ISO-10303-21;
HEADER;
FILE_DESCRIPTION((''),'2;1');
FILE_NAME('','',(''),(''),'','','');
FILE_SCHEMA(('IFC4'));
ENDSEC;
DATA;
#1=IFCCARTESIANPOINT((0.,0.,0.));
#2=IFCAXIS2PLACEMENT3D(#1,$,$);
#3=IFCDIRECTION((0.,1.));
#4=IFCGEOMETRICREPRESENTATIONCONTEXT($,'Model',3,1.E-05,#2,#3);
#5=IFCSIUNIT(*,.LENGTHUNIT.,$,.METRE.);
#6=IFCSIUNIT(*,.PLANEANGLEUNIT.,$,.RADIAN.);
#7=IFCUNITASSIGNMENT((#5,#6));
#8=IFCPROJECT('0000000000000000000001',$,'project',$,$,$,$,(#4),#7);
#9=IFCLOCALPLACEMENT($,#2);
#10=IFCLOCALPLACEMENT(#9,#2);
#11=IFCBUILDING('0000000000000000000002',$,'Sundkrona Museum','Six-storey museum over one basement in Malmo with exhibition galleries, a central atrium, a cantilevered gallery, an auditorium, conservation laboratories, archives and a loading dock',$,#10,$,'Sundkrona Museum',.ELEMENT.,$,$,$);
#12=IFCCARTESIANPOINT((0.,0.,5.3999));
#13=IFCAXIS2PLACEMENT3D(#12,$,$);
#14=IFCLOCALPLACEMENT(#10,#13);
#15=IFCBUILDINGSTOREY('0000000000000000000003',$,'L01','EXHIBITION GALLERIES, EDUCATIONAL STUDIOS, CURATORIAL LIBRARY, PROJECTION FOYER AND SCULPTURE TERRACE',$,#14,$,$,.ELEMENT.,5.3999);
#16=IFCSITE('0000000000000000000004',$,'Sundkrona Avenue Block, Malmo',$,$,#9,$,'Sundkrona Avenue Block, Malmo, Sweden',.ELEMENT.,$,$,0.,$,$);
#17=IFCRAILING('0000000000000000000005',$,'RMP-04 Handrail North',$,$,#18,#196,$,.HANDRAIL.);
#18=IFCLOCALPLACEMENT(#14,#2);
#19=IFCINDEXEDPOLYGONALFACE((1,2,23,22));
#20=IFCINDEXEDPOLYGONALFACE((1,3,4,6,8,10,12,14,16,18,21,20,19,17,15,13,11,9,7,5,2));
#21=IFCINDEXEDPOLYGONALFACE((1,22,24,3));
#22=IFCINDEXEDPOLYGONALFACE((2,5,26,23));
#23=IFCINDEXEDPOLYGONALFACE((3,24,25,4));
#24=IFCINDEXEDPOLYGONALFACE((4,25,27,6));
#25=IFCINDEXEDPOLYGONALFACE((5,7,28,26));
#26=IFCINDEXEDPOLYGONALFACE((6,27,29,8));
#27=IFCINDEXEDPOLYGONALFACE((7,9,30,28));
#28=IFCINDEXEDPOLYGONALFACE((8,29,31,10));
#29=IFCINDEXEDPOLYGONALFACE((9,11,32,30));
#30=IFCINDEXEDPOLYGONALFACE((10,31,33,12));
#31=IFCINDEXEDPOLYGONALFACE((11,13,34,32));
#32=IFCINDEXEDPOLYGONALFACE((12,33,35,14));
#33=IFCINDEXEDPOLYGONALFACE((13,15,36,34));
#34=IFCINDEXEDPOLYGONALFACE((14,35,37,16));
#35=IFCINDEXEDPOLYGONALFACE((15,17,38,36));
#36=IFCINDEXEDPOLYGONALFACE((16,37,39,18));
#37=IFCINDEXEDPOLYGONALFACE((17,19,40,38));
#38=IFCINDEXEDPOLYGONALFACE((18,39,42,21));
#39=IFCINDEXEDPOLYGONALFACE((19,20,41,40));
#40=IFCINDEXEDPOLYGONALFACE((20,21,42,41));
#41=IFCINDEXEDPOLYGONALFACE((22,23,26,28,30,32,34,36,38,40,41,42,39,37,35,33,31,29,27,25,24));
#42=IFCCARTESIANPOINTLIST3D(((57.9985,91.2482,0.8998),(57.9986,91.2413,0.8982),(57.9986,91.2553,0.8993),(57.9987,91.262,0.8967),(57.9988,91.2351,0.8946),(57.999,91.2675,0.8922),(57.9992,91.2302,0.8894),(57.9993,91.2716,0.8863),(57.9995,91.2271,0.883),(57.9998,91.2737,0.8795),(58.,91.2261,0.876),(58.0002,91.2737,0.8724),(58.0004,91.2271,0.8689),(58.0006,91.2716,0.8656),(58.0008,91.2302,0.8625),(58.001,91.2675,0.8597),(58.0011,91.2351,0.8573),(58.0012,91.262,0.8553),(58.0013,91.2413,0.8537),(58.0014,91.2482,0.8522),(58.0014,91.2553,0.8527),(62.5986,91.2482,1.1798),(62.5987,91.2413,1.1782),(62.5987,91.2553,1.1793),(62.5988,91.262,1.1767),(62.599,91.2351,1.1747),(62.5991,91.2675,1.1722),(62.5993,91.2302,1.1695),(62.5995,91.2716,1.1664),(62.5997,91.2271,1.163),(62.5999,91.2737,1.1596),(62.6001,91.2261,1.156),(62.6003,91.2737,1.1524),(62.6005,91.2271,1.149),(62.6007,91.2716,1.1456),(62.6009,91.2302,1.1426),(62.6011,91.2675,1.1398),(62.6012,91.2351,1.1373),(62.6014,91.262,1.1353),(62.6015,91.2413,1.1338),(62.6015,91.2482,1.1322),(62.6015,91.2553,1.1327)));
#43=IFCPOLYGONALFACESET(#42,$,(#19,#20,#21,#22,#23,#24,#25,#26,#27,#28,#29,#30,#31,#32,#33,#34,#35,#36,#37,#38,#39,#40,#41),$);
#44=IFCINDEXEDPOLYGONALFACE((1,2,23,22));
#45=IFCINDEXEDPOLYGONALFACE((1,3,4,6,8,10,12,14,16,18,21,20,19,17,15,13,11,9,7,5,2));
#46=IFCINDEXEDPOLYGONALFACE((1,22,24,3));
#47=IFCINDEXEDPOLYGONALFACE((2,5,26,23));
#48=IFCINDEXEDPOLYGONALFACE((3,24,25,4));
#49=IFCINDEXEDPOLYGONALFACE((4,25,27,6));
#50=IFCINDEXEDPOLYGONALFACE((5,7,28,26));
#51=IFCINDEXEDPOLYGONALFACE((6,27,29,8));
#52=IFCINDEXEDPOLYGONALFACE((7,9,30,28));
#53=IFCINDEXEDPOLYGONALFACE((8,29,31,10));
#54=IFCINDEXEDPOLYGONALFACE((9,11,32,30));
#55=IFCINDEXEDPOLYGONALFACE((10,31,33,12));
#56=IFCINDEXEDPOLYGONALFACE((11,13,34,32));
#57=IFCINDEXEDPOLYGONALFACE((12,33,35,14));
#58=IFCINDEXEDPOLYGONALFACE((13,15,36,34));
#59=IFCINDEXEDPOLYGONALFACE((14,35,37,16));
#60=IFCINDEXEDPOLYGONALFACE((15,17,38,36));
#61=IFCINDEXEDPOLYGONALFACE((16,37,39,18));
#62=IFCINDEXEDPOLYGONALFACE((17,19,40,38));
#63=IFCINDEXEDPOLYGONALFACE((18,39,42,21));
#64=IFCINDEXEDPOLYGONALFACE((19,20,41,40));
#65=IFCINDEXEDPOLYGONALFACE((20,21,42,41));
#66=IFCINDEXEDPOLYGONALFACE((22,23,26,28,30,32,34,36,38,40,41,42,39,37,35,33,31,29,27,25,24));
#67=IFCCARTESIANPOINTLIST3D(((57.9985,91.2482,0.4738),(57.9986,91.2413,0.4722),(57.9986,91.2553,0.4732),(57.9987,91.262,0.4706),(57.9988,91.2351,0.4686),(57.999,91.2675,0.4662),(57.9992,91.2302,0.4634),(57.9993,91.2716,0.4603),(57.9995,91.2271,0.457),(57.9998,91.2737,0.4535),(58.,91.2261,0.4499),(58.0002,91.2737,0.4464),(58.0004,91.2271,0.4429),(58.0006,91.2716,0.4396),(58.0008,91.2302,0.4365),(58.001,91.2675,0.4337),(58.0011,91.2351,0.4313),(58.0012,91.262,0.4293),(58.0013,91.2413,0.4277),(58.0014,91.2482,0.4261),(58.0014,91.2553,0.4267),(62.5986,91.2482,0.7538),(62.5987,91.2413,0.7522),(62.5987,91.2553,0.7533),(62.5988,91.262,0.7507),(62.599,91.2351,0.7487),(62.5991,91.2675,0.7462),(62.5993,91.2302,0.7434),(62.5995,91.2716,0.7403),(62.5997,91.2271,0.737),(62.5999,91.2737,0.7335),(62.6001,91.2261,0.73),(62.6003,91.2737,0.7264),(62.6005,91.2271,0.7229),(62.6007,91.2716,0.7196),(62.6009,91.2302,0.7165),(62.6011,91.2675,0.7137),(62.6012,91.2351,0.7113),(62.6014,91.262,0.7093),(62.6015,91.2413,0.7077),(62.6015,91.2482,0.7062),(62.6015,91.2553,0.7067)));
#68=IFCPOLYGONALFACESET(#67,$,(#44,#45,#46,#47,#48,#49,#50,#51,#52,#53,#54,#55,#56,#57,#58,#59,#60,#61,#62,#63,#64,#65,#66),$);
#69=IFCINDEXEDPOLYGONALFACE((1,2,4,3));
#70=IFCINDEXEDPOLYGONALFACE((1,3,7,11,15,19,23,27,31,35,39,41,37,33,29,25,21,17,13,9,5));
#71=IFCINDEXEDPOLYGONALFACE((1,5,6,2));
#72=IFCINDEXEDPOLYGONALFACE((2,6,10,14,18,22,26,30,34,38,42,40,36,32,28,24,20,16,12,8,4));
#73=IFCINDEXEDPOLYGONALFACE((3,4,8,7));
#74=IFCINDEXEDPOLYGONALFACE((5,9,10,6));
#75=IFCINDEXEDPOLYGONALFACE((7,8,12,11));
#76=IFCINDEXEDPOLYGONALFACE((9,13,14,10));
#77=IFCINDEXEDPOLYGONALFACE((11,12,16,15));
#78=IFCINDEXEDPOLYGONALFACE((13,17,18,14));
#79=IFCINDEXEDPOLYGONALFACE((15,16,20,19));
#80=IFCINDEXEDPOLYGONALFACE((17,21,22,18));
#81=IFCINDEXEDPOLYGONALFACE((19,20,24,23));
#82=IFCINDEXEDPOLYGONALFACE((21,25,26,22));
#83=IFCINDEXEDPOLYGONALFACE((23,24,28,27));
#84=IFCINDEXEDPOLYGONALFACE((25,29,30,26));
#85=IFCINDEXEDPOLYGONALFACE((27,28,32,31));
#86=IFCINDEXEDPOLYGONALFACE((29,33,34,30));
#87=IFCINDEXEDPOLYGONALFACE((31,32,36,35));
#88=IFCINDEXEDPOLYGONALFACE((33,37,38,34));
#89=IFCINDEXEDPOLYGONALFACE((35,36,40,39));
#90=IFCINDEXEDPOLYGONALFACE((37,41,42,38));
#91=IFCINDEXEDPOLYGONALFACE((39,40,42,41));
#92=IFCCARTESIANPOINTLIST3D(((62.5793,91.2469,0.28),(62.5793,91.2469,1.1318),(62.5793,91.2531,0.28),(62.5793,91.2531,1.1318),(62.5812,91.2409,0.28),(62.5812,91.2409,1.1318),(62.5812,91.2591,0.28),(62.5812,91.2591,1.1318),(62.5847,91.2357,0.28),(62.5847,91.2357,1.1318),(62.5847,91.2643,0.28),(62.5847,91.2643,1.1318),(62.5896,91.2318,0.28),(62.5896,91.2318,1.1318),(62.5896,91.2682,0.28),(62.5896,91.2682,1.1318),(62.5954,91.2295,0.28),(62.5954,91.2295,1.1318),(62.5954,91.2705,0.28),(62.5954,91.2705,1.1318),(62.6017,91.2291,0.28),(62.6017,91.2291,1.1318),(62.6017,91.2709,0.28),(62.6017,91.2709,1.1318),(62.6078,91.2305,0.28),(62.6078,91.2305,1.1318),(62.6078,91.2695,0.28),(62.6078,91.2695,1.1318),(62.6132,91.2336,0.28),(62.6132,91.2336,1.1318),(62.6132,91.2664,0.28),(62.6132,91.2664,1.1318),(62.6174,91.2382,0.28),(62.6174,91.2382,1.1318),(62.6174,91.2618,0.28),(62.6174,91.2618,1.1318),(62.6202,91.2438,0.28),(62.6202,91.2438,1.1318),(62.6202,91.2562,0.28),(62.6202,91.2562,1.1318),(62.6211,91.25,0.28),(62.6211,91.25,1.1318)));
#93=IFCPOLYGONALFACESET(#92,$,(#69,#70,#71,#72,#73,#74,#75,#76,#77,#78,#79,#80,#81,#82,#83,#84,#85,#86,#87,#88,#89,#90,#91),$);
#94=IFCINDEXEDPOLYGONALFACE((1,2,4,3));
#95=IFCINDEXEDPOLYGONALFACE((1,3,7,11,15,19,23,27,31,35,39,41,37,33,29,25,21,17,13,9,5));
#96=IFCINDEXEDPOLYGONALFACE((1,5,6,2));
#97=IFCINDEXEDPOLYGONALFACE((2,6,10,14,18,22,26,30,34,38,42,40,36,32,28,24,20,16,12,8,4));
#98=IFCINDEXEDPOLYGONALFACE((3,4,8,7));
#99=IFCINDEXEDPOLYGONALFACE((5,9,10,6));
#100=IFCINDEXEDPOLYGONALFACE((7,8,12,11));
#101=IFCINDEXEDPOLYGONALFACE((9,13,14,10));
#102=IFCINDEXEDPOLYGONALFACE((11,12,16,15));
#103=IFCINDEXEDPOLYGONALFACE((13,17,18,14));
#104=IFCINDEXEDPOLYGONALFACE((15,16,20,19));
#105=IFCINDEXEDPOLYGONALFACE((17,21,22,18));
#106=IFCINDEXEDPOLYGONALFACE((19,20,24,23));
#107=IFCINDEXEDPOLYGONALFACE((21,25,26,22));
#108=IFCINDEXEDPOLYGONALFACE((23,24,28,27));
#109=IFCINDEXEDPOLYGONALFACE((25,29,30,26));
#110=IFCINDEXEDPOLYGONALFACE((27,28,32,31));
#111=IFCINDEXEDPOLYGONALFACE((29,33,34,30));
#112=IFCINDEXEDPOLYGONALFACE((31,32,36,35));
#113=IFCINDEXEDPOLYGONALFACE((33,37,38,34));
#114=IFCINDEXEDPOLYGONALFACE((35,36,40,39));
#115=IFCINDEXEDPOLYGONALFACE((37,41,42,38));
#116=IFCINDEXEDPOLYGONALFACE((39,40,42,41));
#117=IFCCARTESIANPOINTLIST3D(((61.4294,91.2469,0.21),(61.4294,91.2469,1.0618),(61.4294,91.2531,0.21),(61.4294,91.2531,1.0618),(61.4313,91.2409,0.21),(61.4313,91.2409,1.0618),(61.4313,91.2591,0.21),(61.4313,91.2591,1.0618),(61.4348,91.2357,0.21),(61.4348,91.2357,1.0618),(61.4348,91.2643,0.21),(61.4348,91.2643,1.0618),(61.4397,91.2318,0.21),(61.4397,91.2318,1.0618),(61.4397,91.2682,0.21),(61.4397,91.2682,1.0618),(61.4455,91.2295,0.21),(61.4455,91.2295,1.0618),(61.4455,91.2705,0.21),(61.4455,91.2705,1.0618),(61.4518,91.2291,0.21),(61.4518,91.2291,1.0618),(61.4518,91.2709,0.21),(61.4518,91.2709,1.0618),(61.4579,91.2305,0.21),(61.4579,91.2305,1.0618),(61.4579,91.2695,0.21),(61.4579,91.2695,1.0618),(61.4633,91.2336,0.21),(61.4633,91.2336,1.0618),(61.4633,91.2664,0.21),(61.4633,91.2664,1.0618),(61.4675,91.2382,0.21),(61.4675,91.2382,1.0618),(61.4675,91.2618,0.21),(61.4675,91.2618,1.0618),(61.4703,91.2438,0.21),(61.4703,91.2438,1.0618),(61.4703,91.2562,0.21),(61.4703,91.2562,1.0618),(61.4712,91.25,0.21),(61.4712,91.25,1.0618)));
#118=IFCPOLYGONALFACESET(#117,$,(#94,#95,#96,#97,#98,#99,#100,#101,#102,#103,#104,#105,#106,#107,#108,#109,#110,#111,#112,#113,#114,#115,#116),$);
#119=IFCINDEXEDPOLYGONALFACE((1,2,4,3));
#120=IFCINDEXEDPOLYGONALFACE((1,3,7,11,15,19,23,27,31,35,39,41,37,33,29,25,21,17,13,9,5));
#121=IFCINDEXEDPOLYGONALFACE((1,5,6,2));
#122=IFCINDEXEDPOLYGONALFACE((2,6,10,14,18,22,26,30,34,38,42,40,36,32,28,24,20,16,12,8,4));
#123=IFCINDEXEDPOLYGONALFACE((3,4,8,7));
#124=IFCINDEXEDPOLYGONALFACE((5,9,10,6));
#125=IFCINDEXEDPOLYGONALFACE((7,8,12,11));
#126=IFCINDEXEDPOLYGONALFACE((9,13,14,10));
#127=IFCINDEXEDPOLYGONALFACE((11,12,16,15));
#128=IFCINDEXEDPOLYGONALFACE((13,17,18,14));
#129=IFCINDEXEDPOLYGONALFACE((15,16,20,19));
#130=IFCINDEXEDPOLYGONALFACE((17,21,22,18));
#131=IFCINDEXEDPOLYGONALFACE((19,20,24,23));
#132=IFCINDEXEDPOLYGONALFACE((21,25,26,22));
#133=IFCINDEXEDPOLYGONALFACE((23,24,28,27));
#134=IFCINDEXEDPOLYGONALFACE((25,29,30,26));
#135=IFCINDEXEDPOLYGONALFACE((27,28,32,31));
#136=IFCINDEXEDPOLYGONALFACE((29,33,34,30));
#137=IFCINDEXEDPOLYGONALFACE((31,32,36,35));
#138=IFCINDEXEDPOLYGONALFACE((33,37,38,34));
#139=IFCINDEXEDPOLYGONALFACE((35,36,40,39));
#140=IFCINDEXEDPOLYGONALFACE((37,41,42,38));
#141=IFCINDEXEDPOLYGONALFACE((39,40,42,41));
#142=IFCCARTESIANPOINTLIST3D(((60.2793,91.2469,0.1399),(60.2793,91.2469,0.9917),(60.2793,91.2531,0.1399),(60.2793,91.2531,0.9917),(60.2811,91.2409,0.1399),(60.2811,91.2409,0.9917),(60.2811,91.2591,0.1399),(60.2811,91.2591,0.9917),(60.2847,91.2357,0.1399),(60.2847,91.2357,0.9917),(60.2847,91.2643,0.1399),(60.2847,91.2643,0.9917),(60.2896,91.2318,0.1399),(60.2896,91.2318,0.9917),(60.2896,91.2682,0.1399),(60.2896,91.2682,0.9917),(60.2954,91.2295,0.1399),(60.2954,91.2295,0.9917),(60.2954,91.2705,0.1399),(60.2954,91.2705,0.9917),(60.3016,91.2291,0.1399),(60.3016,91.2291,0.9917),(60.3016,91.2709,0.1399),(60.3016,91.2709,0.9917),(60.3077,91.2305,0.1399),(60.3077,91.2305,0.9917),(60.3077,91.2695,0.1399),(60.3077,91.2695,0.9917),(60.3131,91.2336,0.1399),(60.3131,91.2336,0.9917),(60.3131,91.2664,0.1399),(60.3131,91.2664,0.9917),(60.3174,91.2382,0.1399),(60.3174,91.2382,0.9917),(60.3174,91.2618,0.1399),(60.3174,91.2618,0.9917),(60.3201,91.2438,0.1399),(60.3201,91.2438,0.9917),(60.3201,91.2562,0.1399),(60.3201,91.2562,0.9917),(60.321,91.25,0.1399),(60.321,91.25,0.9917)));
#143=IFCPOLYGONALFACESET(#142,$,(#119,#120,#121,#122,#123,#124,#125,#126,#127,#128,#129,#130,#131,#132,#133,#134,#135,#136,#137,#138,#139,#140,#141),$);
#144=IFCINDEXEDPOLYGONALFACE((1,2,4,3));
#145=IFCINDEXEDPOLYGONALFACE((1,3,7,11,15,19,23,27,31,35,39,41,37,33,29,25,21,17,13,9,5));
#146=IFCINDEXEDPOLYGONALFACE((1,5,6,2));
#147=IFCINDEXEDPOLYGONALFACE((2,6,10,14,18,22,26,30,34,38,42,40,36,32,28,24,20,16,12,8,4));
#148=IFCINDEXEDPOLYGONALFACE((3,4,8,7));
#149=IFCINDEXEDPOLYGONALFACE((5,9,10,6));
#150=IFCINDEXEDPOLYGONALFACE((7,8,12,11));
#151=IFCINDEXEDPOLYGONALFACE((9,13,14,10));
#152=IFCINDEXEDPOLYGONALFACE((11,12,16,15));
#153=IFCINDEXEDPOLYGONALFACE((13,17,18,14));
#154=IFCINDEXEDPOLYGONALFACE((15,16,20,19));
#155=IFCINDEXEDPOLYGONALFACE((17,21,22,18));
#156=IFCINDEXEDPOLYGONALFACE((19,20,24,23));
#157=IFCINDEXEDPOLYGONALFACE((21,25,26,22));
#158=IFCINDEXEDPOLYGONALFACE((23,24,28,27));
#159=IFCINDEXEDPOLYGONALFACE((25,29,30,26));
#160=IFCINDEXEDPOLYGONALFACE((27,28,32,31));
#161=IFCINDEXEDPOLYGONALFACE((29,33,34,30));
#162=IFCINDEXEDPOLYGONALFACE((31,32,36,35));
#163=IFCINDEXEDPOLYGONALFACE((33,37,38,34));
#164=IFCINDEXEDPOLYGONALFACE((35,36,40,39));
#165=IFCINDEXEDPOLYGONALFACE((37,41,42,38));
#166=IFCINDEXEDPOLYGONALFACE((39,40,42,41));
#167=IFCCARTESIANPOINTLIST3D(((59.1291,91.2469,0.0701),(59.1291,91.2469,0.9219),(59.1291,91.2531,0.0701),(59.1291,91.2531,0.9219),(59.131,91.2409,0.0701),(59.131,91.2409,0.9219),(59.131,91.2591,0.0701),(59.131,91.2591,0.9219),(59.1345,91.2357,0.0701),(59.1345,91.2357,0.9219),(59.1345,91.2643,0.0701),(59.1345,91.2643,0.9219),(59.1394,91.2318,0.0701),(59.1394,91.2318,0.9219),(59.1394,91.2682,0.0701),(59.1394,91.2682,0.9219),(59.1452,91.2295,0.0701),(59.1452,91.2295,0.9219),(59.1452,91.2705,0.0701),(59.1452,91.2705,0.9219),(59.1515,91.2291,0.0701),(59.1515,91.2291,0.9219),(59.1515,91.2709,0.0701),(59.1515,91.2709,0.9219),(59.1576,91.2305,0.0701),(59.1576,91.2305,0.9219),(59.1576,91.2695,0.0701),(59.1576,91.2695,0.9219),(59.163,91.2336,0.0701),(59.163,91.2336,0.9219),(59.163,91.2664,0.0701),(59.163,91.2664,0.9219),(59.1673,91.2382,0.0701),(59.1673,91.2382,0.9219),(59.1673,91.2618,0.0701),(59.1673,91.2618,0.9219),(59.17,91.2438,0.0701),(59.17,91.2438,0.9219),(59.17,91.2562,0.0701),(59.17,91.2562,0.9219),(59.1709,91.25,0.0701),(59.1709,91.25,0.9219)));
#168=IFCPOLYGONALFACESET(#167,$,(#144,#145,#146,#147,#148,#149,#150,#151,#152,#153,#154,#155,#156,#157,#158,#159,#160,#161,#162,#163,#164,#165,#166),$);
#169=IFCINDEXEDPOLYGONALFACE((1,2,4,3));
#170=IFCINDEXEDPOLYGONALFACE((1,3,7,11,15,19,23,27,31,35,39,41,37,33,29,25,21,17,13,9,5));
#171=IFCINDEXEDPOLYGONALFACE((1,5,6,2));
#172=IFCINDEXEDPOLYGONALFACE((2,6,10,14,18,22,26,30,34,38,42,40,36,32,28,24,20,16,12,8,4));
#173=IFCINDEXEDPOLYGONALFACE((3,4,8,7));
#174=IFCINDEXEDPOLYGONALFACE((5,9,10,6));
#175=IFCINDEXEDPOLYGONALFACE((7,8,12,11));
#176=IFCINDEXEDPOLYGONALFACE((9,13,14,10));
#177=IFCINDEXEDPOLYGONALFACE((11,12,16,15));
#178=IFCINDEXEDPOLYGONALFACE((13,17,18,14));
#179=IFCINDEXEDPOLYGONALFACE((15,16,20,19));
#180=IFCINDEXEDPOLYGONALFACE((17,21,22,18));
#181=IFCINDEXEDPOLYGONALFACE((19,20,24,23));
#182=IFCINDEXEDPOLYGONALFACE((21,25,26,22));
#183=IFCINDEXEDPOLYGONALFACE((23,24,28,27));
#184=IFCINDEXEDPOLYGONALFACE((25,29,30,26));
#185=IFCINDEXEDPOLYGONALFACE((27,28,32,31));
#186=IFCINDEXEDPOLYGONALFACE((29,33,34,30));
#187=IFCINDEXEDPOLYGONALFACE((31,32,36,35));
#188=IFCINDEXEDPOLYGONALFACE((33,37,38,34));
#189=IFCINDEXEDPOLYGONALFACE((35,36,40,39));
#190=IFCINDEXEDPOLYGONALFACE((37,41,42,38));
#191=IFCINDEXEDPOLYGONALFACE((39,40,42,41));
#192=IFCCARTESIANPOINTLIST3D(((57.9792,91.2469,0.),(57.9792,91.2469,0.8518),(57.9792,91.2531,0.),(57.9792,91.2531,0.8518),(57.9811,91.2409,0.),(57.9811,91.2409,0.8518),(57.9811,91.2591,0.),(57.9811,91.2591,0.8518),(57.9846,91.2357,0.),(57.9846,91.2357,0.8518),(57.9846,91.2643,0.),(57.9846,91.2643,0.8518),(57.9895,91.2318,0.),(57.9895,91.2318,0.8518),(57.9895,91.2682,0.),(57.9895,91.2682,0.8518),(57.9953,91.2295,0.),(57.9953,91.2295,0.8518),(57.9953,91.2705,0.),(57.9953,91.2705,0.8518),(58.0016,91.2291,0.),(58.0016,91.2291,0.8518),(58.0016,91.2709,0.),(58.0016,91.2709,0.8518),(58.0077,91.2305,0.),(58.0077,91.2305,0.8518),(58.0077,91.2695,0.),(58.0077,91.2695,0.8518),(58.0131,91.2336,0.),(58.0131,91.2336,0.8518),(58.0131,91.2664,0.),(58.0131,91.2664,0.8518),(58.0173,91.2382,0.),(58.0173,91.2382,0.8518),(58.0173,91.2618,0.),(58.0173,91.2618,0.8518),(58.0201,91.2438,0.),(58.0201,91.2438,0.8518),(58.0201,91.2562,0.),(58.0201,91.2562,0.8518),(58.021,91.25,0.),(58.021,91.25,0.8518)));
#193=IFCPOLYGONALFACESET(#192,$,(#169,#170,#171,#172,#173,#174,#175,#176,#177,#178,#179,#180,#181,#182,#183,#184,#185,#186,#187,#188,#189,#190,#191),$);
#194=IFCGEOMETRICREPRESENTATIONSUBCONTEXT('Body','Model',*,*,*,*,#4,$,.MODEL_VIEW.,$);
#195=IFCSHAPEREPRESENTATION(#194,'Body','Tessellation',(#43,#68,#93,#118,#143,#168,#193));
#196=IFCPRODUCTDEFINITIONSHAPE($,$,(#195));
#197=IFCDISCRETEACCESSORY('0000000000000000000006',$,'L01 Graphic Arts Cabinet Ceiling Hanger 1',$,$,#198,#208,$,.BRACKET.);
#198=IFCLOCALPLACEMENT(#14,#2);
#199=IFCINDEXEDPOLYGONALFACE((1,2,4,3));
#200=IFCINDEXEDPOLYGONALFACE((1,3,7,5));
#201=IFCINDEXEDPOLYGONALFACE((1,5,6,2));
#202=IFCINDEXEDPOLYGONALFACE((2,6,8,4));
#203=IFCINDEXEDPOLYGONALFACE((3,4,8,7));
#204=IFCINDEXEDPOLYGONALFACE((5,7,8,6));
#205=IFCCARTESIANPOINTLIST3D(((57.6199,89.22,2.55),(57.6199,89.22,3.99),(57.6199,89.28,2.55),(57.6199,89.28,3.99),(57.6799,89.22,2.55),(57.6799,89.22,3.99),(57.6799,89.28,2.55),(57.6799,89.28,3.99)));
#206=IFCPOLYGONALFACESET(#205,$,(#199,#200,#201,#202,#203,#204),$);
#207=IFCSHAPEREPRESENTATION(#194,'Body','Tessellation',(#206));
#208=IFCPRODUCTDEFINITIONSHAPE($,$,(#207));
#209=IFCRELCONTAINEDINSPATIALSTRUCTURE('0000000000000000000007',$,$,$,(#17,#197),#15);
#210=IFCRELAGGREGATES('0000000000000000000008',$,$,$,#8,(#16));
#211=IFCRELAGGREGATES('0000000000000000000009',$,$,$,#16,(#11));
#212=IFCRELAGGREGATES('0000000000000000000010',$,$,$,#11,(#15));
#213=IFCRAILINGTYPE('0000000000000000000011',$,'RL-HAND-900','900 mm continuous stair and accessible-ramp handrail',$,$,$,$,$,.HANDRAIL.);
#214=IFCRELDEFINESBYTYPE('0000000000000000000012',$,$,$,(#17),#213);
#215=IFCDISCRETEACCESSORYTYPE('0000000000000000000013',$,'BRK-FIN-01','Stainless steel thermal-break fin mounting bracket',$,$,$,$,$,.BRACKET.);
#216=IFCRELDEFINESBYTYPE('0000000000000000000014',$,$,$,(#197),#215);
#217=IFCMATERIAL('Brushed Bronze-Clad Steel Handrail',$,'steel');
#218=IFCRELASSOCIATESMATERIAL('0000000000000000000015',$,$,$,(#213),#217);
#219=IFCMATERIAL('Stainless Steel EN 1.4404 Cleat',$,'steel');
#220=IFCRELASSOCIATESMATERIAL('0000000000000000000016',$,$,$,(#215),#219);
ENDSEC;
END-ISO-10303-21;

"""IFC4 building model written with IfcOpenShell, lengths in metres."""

from ifc_helpers import new_model, si_unit, direction, frame, origin, origin_2d, place, context, subcontext, project, spatial, rectangle, circle, extrude, material, type_object, element, save


model = new_model("IFC4")

# Units and contexts
model_context = context("Model", 3, precision=1e-05, world=origin(), true_north=direction((0.0, 1.0)))
body_context = subcontext(model_context, "Body", "Model", "MODEL_VIEW")
ifc_project = project(units=[si_unit("LENGTHUNIT", "METRE"), si_unit("PLANEANGLEUNIT", "RADIAN")], contexts=[model_context])

# Site, building, storey
site_placement = place(None, origin())
site = spatial("IfcSite", under=ifc_project, at=site_placement, Name="Sundkrona Avenue Block, Malmo", LongName="Sundkrona Avenue Block, Malmo, Sweden", CompositionType="ELEMENT", RefElevation=0.0)
building_placement = place(site_placement, origin())
building = spatial("IfcBuilding", under=site, at=building_placement, Name="Sundkrona Museum", Description="Six-storey museum over one basement in Malmo with exhibition galleries, a central atrium, a cantilevered gallery, an auditorium, conservation laboratories, archives and a loading dock", LongName="Sundkrona Museum", CompositionType="ELEMENT")
storey_placement = place(building_placement, frame((0.0, 0.0, 5.3999)))
storey = spatial("IfcBuildingStorey", under=building, at=storey_placement, Name="L01", Description="EXHIBITION GALLERIES, EDUCATIONAL STUDIOS, CURATORIAL LIBRARY, PROJECTION FOYER AND SCULPTURE TERRACE", CompositionType="ELEMENT", Elevation=5.3999)

# Railing
ifc_material_1 = material(Name="Brushed Bronze-Clad Steel Handrail", Category="steel")
railing_type_1 = type_object("IfcRailingType", Name="RL-HAND-900", Description="900 mm continuous stair and accessible-ramp handrail", PredefinedType="HANDRAIL", material=ifc_material_1)
railing_1_placement = place(storey_placement, frame((62.6001, 91.25, 0.28)))
element("IfcRailing", 1, at=railing_1_placement, inside=storey, type_object=railing_type_1, Name="RMP-04 Handrail North", PredefinedType="HANDRAIL", context=body_context, shape_type="SweptSolid", body=[
    extrude(circle(Radius=0.0239, at=origin_2d()), frame((0.0, 0.0, 0.876), z_axis=(-0.998152, 0.0, -0.060762), x_axis=(0.0, -1.0, 0.0)), (0.0, 0.0, 1.0), 4.6086),
    extrude(circle(Radius=0.0239, at=origin_2d()), frame((0.0, 0.0, 0.45), z_axis=(-0.998152, 0.0, -0.060762), x_axis=(0.0, -1.0, 0.0)), (0.0, 0.0, 1.0), 4.6086),
    extrude(circle(Radius=0.021, at=origin_2d()), origin(), (0.0, 0.0, 1.0), 0.8518),
    extrude(circle(Radius=0.021, at=origin_2d()), frame((-1.1499, 0.0, -0.0701)), (0.0, 0.0, 1.0), 0.8518),
    extrude(circle(Radius=0.021, at=origin_2d()), frame((-2.3, 0.0, -0.1401)), (0.0, 0.0, 1.0), 0.8518),
    extrude(circle(Radius=0.021, at=origin_2d()), frame((-3.4502, 0.0, -0.21)), (0.0, 0.0, 1.0), 0.8518),
    extrude(circle(Radius=0.021, at=origin_2d()), frame((-4.6001, 0.0, -0.28)), (0.0, 0.0, 1.0), 0.8518),
])

# Discrete accessory
ifc_material_2 = material(Name="Stainless Steel EN 1.4404 Cleat", Category="steel")
discrete_accessory_type = type_object("IfcDiscreteAccessoryType", Name="BRK-FIN-01", Description="Stainless steel thermal-break fin mounting bracket", PredefinedType="BRACKET", material=ifc_material_2)
discrete_accessory_placement = place(storey_placement, frame((57.6499, 89.25, 2.55), z_axis=(0.0, 0.0, 1.0), x_axis=(1.0, 0.0, 0.0)))
element("IfcDiscreteAccessory", 2, at=discrete_accessory_placement, inside=storey, type_object=discrete_accessory_type, Name="L01 Graphic Arts Cabinet Ceiling Hanger 1", PredefinedType="BRACKET", context=body_context, shape_type="SweptSolid", body=[
    extrude(rectangle(XDim=0.0601, YDim=0.0601, at=origin_2d()), origin(), (0.0, 0.0, 1.0), 1.4399),
])

save(model, "model.ifc")
